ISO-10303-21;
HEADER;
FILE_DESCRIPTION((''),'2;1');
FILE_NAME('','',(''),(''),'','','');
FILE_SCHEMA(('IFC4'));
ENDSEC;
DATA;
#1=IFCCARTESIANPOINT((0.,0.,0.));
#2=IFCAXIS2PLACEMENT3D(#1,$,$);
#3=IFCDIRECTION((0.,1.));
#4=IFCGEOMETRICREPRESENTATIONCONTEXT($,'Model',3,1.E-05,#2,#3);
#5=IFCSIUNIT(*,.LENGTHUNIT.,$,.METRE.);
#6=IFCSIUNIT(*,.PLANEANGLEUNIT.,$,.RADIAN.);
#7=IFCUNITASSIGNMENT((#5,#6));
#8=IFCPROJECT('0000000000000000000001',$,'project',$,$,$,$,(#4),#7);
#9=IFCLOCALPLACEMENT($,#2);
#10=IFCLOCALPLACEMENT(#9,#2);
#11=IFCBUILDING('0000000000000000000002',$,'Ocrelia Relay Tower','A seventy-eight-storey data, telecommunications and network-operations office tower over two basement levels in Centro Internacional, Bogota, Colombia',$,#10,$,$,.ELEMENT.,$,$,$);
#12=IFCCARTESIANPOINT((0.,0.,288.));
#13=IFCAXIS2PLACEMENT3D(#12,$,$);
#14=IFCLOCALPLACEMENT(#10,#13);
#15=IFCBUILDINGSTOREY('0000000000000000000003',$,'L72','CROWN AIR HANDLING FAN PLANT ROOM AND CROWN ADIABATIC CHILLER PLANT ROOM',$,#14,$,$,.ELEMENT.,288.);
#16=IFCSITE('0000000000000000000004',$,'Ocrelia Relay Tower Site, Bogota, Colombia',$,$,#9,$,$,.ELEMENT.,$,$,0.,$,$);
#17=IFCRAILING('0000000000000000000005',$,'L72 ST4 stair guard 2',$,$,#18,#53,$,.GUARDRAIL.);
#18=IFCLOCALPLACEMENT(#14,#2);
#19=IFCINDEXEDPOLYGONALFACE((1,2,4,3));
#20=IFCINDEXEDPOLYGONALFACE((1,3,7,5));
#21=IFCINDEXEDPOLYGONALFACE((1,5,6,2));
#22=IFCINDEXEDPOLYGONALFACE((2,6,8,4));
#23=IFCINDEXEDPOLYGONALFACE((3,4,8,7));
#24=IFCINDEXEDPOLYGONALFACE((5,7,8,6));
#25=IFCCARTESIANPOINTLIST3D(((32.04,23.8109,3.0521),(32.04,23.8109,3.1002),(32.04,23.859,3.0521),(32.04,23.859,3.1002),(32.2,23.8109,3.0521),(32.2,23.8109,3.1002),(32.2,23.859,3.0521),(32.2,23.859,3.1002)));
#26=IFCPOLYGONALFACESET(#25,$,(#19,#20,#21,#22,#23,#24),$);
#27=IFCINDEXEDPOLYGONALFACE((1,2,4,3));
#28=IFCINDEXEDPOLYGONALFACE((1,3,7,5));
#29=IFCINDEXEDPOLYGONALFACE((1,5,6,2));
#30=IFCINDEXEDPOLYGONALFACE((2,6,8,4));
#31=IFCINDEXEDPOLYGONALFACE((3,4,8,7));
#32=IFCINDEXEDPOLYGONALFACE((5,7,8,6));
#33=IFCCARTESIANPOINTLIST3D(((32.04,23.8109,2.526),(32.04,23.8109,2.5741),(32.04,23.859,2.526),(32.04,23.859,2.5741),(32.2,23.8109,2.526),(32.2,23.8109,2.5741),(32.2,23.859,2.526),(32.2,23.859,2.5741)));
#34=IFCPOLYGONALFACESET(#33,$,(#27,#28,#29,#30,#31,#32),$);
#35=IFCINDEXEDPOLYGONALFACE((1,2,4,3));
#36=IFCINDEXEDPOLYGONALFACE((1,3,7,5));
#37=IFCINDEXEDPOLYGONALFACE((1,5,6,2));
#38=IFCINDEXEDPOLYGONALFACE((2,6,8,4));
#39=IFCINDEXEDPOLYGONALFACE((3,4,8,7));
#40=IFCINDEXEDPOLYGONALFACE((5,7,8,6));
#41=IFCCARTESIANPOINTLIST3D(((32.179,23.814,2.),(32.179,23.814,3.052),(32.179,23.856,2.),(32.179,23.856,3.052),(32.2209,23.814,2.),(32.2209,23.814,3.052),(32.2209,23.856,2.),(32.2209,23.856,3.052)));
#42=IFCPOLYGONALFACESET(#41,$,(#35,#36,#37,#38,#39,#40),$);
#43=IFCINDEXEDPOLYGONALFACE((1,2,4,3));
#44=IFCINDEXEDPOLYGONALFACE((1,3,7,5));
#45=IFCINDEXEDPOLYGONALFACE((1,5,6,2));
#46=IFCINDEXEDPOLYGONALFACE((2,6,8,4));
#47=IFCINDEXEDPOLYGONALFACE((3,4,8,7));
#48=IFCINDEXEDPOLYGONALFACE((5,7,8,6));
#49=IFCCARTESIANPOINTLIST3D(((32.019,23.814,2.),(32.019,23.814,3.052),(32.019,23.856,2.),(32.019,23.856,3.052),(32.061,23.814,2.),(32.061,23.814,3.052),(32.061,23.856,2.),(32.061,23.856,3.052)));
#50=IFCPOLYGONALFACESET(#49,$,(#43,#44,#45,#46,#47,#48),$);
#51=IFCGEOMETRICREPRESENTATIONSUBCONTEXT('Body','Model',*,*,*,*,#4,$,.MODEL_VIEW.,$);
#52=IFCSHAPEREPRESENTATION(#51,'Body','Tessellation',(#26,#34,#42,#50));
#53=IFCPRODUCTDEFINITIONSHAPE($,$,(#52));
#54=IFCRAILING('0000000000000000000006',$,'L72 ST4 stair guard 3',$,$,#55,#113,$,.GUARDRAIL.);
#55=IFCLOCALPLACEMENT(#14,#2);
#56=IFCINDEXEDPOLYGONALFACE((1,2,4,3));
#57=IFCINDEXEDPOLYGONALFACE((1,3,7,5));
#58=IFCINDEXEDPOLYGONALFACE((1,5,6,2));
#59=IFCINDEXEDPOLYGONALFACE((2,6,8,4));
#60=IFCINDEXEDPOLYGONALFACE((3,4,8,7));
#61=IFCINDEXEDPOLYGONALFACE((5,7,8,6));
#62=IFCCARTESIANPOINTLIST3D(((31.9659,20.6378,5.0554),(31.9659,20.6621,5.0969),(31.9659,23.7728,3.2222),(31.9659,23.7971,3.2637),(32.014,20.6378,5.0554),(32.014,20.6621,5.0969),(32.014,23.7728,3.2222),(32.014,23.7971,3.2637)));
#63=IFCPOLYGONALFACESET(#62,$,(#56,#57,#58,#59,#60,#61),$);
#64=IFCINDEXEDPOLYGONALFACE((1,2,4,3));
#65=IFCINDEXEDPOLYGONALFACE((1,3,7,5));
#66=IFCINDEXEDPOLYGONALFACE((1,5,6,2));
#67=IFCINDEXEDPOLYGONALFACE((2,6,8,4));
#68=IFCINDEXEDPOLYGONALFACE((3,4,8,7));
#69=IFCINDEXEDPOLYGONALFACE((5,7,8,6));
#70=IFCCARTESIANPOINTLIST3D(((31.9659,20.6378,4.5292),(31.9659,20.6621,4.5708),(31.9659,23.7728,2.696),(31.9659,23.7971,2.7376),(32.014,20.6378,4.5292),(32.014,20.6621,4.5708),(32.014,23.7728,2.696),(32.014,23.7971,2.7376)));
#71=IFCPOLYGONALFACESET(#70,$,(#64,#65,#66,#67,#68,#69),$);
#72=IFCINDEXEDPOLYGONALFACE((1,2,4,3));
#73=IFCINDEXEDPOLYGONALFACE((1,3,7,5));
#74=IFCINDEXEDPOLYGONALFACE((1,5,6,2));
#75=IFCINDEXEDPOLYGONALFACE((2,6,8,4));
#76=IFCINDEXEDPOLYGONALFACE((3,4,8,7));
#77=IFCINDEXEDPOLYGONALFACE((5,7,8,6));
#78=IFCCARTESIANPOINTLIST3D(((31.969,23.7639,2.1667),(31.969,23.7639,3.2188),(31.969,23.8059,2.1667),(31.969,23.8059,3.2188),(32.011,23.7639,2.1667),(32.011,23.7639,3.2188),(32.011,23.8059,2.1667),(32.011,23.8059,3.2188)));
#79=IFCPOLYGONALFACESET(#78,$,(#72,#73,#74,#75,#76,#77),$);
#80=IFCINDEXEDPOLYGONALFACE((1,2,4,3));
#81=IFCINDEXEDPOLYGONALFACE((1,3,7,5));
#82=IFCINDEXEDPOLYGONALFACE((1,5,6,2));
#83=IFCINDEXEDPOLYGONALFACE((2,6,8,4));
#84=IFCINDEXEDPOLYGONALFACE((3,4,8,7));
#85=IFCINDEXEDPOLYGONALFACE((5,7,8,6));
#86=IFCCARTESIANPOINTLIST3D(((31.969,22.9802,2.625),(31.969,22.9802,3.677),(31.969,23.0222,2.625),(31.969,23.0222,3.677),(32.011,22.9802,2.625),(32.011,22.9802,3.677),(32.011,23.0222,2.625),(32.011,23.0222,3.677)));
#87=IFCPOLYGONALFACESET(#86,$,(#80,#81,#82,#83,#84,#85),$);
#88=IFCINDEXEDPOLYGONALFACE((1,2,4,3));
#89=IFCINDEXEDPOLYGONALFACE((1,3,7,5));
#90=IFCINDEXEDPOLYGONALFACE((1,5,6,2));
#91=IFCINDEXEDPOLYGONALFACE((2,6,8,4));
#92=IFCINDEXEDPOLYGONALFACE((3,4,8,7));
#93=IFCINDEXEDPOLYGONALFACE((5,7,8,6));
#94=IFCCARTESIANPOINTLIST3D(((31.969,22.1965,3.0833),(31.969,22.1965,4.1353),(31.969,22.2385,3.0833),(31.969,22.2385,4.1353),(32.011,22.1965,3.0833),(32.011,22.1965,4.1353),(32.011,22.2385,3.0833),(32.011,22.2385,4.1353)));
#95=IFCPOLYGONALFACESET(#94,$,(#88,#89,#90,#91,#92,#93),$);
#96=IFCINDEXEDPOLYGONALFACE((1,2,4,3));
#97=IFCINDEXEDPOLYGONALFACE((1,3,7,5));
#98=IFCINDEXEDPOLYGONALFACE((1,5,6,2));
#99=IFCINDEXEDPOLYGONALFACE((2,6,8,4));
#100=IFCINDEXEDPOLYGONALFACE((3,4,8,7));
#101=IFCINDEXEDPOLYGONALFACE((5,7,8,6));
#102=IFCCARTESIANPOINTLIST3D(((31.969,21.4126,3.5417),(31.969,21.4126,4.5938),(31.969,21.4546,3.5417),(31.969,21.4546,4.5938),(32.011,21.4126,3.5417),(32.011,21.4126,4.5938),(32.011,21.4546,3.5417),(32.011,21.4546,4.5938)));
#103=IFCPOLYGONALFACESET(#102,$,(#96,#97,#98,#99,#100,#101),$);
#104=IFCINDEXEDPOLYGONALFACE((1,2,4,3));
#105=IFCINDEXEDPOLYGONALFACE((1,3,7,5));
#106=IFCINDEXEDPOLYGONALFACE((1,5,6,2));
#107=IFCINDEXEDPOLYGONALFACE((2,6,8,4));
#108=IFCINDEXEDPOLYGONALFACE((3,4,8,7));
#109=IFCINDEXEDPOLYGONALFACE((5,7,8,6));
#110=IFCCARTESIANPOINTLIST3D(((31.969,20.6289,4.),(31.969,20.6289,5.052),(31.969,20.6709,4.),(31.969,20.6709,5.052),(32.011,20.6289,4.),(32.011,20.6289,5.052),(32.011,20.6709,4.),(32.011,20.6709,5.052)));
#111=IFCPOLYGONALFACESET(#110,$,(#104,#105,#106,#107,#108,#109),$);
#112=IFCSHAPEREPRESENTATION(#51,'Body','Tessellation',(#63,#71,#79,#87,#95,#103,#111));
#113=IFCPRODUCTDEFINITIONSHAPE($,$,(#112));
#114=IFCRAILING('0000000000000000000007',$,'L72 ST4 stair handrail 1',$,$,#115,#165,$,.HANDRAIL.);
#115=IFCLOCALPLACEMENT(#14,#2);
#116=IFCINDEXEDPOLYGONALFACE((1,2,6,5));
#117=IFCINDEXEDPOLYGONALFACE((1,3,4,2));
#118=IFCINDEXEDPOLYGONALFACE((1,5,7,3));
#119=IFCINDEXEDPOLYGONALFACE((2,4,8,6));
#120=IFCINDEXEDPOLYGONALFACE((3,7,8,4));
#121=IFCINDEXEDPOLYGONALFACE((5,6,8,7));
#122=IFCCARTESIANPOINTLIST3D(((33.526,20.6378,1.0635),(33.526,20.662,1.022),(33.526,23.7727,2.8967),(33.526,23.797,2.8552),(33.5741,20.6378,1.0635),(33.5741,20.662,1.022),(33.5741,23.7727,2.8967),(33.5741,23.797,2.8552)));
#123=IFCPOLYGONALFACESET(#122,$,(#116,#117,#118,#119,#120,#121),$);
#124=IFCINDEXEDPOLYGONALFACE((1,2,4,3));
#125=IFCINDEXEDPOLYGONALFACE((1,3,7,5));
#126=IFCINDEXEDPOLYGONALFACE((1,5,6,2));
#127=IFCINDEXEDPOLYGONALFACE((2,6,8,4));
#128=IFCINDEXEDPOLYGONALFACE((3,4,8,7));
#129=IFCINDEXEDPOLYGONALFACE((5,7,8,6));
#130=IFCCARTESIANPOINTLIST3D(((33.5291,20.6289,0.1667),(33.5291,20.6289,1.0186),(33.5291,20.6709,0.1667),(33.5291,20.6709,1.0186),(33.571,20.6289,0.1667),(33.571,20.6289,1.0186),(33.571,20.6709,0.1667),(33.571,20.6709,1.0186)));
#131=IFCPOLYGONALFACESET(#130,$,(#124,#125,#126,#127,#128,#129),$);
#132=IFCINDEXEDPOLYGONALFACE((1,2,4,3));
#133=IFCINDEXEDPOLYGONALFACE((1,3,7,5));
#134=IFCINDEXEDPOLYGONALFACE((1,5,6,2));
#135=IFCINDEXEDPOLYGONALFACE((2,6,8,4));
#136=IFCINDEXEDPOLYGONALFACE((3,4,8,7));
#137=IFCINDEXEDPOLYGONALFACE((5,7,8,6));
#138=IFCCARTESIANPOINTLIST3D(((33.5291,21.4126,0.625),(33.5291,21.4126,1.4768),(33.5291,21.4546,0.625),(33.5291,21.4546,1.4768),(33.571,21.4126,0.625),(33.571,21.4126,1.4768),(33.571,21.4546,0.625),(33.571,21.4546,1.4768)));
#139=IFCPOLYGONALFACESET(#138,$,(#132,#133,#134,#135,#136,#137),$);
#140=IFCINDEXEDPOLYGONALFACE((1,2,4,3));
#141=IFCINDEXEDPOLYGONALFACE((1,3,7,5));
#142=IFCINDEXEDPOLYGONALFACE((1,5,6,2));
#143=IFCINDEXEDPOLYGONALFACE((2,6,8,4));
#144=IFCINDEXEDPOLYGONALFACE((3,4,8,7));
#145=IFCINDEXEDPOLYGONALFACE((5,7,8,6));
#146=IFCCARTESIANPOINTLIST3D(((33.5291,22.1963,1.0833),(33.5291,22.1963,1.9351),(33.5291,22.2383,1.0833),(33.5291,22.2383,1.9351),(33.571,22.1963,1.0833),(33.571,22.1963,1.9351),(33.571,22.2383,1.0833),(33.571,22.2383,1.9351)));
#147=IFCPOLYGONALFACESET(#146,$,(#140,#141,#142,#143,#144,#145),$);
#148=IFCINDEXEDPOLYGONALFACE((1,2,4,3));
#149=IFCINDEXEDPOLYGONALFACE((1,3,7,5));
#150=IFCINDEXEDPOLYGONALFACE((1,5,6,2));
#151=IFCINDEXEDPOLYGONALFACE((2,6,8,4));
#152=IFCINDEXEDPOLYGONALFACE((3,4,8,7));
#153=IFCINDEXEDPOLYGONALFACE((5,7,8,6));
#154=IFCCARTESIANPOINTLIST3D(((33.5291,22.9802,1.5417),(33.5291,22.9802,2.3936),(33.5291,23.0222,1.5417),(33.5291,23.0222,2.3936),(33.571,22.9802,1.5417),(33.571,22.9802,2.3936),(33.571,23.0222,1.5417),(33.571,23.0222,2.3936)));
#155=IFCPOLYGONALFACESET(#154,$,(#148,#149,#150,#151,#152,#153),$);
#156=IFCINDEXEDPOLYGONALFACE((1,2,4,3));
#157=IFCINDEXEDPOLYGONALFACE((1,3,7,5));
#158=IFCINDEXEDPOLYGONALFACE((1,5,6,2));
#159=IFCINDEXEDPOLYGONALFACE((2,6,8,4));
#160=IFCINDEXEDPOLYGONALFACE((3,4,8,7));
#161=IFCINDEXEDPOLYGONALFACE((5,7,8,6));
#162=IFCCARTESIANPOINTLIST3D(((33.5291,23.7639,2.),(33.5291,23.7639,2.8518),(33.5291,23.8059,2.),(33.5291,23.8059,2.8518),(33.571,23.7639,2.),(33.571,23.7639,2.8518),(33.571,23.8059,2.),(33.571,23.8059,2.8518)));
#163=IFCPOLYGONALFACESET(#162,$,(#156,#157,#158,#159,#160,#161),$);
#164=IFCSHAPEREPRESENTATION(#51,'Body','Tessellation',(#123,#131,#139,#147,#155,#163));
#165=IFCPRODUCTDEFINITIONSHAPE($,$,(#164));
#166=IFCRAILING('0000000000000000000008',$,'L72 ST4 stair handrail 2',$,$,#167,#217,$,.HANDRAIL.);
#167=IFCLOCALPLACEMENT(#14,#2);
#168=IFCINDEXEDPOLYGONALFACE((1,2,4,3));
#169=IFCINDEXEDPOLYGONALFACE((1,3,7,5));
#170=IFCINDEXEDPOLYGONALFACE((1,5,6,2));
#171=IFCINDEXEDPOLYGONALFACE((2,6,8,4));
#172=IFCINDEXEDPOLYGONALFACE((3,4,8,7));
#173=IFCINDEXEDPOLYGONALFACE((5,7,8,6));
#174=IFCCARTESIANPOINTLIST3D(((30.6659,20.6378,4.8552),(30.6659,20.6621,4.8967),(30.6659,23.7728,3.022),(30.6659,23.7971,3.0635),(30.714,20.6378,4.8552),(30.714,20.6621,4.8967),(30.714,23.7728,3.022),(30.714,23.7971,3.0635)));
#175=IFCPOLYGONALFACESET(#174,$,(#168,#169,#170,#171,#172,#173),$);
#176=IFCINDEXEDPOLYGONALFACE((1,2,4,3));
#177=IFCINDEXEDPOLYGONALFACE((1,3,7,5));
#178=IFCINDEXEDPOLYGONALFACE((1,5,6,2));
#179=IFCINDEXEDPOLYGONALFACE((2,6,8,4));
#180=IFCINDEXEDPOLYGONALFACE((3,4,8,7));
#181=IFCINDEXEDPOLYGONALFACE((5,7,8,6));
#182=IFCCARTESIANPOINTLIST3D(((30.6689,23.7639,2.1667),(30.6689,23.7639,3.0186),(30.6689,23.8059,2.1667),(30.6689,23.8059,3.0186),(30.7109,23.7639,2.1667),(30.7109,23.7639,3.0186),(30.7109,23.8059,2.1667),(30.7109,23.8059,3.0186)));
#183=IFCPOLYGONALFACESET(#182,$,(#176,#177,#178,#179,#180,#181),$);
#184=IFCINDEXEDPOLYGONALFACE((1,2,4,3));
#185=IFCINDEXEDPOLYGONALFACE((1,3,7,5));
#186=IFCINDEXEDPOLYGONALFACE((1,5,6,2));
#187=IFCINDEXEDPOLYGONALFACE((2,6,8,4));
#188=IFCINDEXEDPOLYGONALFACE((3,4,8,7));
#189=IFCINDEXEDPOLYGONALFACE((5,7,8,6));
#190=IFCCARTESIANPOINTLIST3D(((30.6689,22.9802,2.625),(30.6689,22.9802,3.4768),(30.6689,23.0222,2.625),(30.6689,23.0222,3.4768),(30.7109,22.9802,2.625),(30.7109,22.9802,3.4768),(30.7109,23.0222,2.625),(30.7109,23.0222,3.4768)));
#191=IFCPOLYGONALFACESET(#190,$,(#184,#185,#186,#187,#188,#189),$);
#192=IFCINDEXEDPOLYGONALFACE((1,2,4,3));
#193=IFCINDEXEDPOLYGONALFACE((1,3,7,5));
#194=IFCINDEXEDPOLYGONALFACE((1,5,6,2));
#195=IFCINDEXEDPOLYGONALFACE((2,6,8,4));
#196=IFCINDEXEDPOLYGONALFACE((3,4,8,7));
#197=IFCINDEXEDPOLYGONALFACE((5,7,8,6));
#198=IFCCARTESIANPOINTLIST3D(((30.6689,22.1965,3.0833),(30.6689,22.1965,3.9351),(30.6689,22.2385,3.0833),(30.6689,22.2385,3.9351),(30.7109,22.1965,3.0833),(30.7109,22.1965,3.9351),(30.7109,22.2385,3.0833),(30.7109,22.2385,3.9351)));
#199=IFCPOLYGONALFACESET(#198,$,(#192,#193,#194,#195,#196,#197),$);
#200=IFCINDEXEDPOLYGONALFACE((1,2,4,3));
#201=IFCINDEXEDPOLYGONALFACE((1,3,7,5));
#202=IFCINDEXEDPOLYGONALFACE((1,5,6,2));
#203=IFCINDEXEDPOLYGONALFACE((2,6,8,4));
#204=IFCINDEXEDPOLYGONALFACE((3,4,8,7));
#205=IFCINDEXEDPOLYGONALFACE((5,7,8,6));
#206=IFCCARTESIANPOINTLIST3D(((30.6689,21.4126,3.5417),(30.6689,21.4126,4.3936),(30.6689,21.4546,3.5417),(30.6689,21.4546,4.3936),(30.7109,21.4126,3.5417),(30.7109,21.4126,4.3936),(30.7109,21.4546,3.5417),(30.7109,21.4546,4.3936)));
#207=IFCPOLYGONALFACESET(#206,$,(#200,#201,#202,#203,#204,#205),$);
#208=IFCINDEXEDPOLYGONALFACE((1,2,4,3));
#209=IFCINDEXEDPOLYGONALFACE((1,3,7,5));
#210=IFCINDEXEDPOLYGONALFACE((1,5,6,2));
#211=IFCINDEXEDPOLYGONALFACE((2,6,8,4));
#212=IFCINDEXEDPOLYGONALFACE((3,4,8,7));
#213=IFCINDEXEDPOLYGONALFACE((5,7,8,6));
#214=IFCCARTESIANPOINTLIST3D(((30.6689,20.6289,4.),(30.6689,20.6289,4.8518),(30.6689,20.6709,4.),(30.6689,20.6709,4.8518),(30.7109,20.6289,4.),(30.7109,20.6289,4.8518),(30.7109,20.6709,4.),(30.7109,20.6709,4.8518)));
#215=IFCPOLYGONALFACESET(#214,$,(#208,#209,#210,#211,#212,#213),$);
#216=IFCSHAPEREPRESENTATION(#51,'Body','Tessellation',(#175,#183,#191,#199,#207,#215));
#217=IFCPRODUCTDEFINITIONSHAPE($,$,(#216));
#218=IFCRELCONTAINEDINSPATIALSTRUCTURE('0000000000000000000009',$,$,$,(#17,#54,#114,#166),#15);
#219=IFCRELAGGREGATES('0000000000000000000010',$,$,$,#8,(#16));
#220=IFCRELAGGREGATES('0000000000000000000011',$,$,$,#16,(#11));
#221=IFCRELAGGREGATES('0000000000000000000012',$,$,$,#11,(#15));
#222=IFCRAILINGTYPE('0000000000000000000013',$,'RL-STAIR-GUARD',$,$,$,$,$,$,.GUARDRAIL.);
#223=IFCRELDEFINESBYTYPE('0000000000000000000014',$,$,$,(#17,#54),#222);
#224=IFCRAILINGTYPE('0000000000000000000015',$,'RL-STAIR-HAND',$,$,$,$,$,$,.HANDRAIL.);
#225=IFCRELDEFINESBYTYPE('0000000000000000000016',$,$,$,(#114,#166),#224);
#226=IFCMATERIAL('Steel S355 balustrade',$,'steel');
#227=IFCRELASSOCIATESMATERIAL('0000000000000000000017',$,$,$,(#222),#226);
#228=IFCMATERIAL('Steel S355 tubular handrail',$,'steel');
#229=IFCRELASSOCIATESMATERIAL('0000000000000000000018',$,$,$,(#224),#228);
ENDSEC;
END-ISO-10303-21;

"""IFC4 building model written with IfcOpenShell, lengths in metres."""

from ifc_helpers import new_model, si_unit, direction, frame, origin, origin_2d, place, context, subcontext, project, spatial, rectangle, extrude, material, type_object, element, save


model = new_model("IFC4")

# Units and contexts
model_context = context("Model", 3, precision=1e-05, world=origin(), true_north=direction((0.0, 1.0)))
body_context = subcontext(model_context, "Body", "Model", "MODEL_VIEW")
ifc_project = project(units=[si_unit("LENGTHUNIT", "METRE"), si_unit("PLANEANGLEUNIT", "RADIAN")], contexts=[model_context])

# Site, building, storey
site_placement = place(None, origin())
site = spatial("IfcSite", under=ifc_project, at=site_placement, Name="Ocrelia Relay Tower Site, Bogota, Colombia", CompositionType="ELEMENT", RefElevation=0.0)
building_placement = place(site_placement, origin())
building = spatial("IfcBuilding", under=site, at=building_placement, Name="Ocrelia Relay Tower", Description="A seventy-eight-storey data, telecommunications and network-operations office tower over two basement levels in Centro Internacional, Bogota, Colombia", CompositionType="ELEMENT")
storey_placement = place(building_placement, frame((0.0, 0.0, 288.0)))
storey = spatial("IfcBuildingStorey", under=building, at=storey_placement, Name="L72", Description="CROWN AIR HANDLING FAN PLANT ROOM AND CROWN ADIABATIC CHILLER PLANT ROOM", CompositionType="ELEMENT", Elevation=288.0)

# Railings
ifc_material_1 = material(Name="Steel S355 balustrade", Category="steel")
railing_type_1 = type_object("IfcRailingType", Name="RL-STAIR-GUARD", PredefinedType="GUARDRAIL", material=ifc_material_1)
railing_1_placement = place(storey_placement, frame((32.2, 23.835, 2.0)))
element("IfcRailing", 1, at=railing_1_placement, inside=storey, type_object=railing_type_1, Name="L72 ST4 stair guard 2", PredefinedType="GUARDRAIL", context=body_context, shape_type="SweptSolid", body=[
    extrude(rectangle(XDim=0.0481, YDim=0.0481, at=origin_2d()), frame((0.0, 0.0, 1.0762), z_axis=(-1.0, 0.0, 0.0), x_axis=(0.0, -1.0, 0.0)), (0.0, 0.0, 1.0), 0.1599),
    extrude(rectangle(XDim=0.0481, YDim=0.0481, at=origin_2d()), frame((0.0, 0.0, 0.55), z_axis=(-1.0, 0.0, 0.0), x_axis=(0.0, -1.0, 0.0)), (0.0, 0.0, 1.0), 0.1599),
    extrude(rectangle(XDim=0.042, YDim=0.042, at=origin_2d()), origin(), (0.0, 0.0, 1.0), 1.052),
    extrude(rectangle(XDim=0.042, YDim=0.042, at=origin_2d()), frame((-0.1599, 0.0, 0.0)), (0.0, 0.0, 1.0), 1.052),
])
railing_2_placement = place(storey_placement, frame((31.99, 23.7849, 2.1667)))
element("IfcRailing", 2, at=railing_2_placement, inside=storey, type_object=railing_type_1, Name="L72 ST4 stair guard 3", PredefinedType="GUARDRAIL", context=body_context, shape_type="SweptSolid", body=[
    extrude(rectangle(XDim=0.0481, YDim=0.0481, at=origin_2d()), frame((0.0, 0.0, 1.0762), z_axis=(0.0, -0.86324, 0.504794), x_axis=(1.0, 0.0, 0.0)), (0.0, 0.0, 1.0), 3.6316),
    extrude(rectangle(XDim=0.0481, YDim=0.0481, at=origin_2d()), frame((0.0, 0.0, 0.55), z_axis=(0.0, -0.86324, 0.504794), x_axis=(1.0, 0.0, 0.0)), (0.0, 0.0, 1.0), 3.6316),
    extrude(rectangle(XDim=0.042, YDim=0.042, at=origin_2d()), origin(), (0.0, 0.0, 1.0), 1.052),
    extrude(rectangle(XDim=0.042, YDim=0.042, at=origin_2d()), frame((0.0, -0.7837, 0.4583)), (0.0, 0.0, 1.0), 1.052),
    extrude(rectangle(XDim=0.042, YDim=0.042, at=origin_2d()), frame((0.0, -1.5674, 0.9165)), (0.0, 0.0, 1.0), 1.052),
    extrude(rectangle(XDim=0.042, YDim=0.042, at=origin_2d()), frame((0.0, -2.3513, 1.375)), (0.0, 0.0, 1.0), 1.052),
    extrude(rectangle(XDim=0.042, YDim=0.042, at=origin_2d()), frame((0.0, -3.135, 1.8333)), (0.0, 0.0, 1.0), 1.052),
])
ifc_material_2 = material(Name="Steel S355 tubular handrail", Category="steel")
railing_type_2 = type_object("IfcRailingType", Name="RL-STAIR-HAND", PredefinedType="HANDRAIL", material=ifc_material_2)
railing_3_placement = place(storey_placement, frame((33.55, 20.6499, 0.1667)))
element("IfcRailing", 3, at=railing_3_placement, inside=storey, type_object=railing_type_2, Name="L72 ST4 stair handrail 1", PredefinedType="HANDRAIL", context=body_context, shape_type="SweptSolid", body=[
    extrude(rectangle(XDim=0.0481, YDim=0.0481, at=origin_2d()), frame((0.0, 0.0, 0.876), z_axis=(0.0, 0.86324, 0.504794), x_axis=(-1.0, 0.0, 0.0)), (0.0, 0.0, 1.0), 3.6316),
    extrude(rectangle(XDim=0.042, YDim=0.042, at=origin_2d()), origin(), (0.0, 0.0, 1.0), 0.8518),
    extrude(rectangle(XDim=0.042, YDim=0.042, at=origin_2d()), frame((0.0, 0.7837, 0.4583)), (0.0, 0.0, 1.0), 0.8518),
    extrude(rectangle(XDim=0.042, YDim=0.042, at=origin_2d()), frame((0.0, 1.5674, 0.9165)), (0.0, 0.0, 1.0), 0.8518),
    extrude(rectangle(XDim=0.042, YDim=0.042, at=origin_2d()), frame((0.0, 2.3513, 1.375)), (0.0, 0.0, 1.0), 0.8518),
    extrude(rectangle(XDim=0.042, YDim=0.042, at=origin_2d()), frame((0.0, 3.135, 1.8333)), (0.0, 0.0, 1.0), 0.8518),
])
railing_4_placement = place(storey_placement, frame((30.6899, 23.7849, 2.1667)))
element("IfcRailing", 4, at=railing_4_placement, inside=storey, type_object=railing_type_2, Name="L72 ST4 stair handrail 2", PredefinedType="HANDRAIL", context=body_context, shape_type="SweptSolid", body=[
    extrude(rectangle(XDim=0.0481, YDim=0.0481, at=origin_2d()), frame((0.0, 0.0, 0.876), z_axis=(0.0, -0.86324, 0.504794), x_axis=(1.0, 0.0, 0.0)), (0.0, 0.0, 1.0), 3.6316),
    extrude(rectangle(XDim=0.042, YDim=0.042, at=origin_2d()), origin(), (0.0, 0.0, 1.0), 0.8518),
    extrude(rectangle(XDim=0.042, YDim=0.042, at=origin_2d()), frame((0.0, -0.7837, 0.4583)), (0.0, 0.0, 1.0), 0.8518),
    extrude(rectangle(XDim=0.042, YDim=0.042, at=origin_2d()), frame((0.0, -1.5674, 0.9165)), (0.0, 0.0, 1.0), 0.8518),
    extrude(rectangle(XDim=0.042, YDim=0.042, at=origin_2d()), frame((0.0, -2.3513, 1.375)), (0.0, 0.0, 1.0), 0.8518),
    extrude(rectangle(XDim=0.042, YDim=0.042, at=origin_2d()), frame((0.0, -3.135, 1.8333)), (0.0, 0.0, 1.0), 0.8518),
])

save(model, "model.ifc")
